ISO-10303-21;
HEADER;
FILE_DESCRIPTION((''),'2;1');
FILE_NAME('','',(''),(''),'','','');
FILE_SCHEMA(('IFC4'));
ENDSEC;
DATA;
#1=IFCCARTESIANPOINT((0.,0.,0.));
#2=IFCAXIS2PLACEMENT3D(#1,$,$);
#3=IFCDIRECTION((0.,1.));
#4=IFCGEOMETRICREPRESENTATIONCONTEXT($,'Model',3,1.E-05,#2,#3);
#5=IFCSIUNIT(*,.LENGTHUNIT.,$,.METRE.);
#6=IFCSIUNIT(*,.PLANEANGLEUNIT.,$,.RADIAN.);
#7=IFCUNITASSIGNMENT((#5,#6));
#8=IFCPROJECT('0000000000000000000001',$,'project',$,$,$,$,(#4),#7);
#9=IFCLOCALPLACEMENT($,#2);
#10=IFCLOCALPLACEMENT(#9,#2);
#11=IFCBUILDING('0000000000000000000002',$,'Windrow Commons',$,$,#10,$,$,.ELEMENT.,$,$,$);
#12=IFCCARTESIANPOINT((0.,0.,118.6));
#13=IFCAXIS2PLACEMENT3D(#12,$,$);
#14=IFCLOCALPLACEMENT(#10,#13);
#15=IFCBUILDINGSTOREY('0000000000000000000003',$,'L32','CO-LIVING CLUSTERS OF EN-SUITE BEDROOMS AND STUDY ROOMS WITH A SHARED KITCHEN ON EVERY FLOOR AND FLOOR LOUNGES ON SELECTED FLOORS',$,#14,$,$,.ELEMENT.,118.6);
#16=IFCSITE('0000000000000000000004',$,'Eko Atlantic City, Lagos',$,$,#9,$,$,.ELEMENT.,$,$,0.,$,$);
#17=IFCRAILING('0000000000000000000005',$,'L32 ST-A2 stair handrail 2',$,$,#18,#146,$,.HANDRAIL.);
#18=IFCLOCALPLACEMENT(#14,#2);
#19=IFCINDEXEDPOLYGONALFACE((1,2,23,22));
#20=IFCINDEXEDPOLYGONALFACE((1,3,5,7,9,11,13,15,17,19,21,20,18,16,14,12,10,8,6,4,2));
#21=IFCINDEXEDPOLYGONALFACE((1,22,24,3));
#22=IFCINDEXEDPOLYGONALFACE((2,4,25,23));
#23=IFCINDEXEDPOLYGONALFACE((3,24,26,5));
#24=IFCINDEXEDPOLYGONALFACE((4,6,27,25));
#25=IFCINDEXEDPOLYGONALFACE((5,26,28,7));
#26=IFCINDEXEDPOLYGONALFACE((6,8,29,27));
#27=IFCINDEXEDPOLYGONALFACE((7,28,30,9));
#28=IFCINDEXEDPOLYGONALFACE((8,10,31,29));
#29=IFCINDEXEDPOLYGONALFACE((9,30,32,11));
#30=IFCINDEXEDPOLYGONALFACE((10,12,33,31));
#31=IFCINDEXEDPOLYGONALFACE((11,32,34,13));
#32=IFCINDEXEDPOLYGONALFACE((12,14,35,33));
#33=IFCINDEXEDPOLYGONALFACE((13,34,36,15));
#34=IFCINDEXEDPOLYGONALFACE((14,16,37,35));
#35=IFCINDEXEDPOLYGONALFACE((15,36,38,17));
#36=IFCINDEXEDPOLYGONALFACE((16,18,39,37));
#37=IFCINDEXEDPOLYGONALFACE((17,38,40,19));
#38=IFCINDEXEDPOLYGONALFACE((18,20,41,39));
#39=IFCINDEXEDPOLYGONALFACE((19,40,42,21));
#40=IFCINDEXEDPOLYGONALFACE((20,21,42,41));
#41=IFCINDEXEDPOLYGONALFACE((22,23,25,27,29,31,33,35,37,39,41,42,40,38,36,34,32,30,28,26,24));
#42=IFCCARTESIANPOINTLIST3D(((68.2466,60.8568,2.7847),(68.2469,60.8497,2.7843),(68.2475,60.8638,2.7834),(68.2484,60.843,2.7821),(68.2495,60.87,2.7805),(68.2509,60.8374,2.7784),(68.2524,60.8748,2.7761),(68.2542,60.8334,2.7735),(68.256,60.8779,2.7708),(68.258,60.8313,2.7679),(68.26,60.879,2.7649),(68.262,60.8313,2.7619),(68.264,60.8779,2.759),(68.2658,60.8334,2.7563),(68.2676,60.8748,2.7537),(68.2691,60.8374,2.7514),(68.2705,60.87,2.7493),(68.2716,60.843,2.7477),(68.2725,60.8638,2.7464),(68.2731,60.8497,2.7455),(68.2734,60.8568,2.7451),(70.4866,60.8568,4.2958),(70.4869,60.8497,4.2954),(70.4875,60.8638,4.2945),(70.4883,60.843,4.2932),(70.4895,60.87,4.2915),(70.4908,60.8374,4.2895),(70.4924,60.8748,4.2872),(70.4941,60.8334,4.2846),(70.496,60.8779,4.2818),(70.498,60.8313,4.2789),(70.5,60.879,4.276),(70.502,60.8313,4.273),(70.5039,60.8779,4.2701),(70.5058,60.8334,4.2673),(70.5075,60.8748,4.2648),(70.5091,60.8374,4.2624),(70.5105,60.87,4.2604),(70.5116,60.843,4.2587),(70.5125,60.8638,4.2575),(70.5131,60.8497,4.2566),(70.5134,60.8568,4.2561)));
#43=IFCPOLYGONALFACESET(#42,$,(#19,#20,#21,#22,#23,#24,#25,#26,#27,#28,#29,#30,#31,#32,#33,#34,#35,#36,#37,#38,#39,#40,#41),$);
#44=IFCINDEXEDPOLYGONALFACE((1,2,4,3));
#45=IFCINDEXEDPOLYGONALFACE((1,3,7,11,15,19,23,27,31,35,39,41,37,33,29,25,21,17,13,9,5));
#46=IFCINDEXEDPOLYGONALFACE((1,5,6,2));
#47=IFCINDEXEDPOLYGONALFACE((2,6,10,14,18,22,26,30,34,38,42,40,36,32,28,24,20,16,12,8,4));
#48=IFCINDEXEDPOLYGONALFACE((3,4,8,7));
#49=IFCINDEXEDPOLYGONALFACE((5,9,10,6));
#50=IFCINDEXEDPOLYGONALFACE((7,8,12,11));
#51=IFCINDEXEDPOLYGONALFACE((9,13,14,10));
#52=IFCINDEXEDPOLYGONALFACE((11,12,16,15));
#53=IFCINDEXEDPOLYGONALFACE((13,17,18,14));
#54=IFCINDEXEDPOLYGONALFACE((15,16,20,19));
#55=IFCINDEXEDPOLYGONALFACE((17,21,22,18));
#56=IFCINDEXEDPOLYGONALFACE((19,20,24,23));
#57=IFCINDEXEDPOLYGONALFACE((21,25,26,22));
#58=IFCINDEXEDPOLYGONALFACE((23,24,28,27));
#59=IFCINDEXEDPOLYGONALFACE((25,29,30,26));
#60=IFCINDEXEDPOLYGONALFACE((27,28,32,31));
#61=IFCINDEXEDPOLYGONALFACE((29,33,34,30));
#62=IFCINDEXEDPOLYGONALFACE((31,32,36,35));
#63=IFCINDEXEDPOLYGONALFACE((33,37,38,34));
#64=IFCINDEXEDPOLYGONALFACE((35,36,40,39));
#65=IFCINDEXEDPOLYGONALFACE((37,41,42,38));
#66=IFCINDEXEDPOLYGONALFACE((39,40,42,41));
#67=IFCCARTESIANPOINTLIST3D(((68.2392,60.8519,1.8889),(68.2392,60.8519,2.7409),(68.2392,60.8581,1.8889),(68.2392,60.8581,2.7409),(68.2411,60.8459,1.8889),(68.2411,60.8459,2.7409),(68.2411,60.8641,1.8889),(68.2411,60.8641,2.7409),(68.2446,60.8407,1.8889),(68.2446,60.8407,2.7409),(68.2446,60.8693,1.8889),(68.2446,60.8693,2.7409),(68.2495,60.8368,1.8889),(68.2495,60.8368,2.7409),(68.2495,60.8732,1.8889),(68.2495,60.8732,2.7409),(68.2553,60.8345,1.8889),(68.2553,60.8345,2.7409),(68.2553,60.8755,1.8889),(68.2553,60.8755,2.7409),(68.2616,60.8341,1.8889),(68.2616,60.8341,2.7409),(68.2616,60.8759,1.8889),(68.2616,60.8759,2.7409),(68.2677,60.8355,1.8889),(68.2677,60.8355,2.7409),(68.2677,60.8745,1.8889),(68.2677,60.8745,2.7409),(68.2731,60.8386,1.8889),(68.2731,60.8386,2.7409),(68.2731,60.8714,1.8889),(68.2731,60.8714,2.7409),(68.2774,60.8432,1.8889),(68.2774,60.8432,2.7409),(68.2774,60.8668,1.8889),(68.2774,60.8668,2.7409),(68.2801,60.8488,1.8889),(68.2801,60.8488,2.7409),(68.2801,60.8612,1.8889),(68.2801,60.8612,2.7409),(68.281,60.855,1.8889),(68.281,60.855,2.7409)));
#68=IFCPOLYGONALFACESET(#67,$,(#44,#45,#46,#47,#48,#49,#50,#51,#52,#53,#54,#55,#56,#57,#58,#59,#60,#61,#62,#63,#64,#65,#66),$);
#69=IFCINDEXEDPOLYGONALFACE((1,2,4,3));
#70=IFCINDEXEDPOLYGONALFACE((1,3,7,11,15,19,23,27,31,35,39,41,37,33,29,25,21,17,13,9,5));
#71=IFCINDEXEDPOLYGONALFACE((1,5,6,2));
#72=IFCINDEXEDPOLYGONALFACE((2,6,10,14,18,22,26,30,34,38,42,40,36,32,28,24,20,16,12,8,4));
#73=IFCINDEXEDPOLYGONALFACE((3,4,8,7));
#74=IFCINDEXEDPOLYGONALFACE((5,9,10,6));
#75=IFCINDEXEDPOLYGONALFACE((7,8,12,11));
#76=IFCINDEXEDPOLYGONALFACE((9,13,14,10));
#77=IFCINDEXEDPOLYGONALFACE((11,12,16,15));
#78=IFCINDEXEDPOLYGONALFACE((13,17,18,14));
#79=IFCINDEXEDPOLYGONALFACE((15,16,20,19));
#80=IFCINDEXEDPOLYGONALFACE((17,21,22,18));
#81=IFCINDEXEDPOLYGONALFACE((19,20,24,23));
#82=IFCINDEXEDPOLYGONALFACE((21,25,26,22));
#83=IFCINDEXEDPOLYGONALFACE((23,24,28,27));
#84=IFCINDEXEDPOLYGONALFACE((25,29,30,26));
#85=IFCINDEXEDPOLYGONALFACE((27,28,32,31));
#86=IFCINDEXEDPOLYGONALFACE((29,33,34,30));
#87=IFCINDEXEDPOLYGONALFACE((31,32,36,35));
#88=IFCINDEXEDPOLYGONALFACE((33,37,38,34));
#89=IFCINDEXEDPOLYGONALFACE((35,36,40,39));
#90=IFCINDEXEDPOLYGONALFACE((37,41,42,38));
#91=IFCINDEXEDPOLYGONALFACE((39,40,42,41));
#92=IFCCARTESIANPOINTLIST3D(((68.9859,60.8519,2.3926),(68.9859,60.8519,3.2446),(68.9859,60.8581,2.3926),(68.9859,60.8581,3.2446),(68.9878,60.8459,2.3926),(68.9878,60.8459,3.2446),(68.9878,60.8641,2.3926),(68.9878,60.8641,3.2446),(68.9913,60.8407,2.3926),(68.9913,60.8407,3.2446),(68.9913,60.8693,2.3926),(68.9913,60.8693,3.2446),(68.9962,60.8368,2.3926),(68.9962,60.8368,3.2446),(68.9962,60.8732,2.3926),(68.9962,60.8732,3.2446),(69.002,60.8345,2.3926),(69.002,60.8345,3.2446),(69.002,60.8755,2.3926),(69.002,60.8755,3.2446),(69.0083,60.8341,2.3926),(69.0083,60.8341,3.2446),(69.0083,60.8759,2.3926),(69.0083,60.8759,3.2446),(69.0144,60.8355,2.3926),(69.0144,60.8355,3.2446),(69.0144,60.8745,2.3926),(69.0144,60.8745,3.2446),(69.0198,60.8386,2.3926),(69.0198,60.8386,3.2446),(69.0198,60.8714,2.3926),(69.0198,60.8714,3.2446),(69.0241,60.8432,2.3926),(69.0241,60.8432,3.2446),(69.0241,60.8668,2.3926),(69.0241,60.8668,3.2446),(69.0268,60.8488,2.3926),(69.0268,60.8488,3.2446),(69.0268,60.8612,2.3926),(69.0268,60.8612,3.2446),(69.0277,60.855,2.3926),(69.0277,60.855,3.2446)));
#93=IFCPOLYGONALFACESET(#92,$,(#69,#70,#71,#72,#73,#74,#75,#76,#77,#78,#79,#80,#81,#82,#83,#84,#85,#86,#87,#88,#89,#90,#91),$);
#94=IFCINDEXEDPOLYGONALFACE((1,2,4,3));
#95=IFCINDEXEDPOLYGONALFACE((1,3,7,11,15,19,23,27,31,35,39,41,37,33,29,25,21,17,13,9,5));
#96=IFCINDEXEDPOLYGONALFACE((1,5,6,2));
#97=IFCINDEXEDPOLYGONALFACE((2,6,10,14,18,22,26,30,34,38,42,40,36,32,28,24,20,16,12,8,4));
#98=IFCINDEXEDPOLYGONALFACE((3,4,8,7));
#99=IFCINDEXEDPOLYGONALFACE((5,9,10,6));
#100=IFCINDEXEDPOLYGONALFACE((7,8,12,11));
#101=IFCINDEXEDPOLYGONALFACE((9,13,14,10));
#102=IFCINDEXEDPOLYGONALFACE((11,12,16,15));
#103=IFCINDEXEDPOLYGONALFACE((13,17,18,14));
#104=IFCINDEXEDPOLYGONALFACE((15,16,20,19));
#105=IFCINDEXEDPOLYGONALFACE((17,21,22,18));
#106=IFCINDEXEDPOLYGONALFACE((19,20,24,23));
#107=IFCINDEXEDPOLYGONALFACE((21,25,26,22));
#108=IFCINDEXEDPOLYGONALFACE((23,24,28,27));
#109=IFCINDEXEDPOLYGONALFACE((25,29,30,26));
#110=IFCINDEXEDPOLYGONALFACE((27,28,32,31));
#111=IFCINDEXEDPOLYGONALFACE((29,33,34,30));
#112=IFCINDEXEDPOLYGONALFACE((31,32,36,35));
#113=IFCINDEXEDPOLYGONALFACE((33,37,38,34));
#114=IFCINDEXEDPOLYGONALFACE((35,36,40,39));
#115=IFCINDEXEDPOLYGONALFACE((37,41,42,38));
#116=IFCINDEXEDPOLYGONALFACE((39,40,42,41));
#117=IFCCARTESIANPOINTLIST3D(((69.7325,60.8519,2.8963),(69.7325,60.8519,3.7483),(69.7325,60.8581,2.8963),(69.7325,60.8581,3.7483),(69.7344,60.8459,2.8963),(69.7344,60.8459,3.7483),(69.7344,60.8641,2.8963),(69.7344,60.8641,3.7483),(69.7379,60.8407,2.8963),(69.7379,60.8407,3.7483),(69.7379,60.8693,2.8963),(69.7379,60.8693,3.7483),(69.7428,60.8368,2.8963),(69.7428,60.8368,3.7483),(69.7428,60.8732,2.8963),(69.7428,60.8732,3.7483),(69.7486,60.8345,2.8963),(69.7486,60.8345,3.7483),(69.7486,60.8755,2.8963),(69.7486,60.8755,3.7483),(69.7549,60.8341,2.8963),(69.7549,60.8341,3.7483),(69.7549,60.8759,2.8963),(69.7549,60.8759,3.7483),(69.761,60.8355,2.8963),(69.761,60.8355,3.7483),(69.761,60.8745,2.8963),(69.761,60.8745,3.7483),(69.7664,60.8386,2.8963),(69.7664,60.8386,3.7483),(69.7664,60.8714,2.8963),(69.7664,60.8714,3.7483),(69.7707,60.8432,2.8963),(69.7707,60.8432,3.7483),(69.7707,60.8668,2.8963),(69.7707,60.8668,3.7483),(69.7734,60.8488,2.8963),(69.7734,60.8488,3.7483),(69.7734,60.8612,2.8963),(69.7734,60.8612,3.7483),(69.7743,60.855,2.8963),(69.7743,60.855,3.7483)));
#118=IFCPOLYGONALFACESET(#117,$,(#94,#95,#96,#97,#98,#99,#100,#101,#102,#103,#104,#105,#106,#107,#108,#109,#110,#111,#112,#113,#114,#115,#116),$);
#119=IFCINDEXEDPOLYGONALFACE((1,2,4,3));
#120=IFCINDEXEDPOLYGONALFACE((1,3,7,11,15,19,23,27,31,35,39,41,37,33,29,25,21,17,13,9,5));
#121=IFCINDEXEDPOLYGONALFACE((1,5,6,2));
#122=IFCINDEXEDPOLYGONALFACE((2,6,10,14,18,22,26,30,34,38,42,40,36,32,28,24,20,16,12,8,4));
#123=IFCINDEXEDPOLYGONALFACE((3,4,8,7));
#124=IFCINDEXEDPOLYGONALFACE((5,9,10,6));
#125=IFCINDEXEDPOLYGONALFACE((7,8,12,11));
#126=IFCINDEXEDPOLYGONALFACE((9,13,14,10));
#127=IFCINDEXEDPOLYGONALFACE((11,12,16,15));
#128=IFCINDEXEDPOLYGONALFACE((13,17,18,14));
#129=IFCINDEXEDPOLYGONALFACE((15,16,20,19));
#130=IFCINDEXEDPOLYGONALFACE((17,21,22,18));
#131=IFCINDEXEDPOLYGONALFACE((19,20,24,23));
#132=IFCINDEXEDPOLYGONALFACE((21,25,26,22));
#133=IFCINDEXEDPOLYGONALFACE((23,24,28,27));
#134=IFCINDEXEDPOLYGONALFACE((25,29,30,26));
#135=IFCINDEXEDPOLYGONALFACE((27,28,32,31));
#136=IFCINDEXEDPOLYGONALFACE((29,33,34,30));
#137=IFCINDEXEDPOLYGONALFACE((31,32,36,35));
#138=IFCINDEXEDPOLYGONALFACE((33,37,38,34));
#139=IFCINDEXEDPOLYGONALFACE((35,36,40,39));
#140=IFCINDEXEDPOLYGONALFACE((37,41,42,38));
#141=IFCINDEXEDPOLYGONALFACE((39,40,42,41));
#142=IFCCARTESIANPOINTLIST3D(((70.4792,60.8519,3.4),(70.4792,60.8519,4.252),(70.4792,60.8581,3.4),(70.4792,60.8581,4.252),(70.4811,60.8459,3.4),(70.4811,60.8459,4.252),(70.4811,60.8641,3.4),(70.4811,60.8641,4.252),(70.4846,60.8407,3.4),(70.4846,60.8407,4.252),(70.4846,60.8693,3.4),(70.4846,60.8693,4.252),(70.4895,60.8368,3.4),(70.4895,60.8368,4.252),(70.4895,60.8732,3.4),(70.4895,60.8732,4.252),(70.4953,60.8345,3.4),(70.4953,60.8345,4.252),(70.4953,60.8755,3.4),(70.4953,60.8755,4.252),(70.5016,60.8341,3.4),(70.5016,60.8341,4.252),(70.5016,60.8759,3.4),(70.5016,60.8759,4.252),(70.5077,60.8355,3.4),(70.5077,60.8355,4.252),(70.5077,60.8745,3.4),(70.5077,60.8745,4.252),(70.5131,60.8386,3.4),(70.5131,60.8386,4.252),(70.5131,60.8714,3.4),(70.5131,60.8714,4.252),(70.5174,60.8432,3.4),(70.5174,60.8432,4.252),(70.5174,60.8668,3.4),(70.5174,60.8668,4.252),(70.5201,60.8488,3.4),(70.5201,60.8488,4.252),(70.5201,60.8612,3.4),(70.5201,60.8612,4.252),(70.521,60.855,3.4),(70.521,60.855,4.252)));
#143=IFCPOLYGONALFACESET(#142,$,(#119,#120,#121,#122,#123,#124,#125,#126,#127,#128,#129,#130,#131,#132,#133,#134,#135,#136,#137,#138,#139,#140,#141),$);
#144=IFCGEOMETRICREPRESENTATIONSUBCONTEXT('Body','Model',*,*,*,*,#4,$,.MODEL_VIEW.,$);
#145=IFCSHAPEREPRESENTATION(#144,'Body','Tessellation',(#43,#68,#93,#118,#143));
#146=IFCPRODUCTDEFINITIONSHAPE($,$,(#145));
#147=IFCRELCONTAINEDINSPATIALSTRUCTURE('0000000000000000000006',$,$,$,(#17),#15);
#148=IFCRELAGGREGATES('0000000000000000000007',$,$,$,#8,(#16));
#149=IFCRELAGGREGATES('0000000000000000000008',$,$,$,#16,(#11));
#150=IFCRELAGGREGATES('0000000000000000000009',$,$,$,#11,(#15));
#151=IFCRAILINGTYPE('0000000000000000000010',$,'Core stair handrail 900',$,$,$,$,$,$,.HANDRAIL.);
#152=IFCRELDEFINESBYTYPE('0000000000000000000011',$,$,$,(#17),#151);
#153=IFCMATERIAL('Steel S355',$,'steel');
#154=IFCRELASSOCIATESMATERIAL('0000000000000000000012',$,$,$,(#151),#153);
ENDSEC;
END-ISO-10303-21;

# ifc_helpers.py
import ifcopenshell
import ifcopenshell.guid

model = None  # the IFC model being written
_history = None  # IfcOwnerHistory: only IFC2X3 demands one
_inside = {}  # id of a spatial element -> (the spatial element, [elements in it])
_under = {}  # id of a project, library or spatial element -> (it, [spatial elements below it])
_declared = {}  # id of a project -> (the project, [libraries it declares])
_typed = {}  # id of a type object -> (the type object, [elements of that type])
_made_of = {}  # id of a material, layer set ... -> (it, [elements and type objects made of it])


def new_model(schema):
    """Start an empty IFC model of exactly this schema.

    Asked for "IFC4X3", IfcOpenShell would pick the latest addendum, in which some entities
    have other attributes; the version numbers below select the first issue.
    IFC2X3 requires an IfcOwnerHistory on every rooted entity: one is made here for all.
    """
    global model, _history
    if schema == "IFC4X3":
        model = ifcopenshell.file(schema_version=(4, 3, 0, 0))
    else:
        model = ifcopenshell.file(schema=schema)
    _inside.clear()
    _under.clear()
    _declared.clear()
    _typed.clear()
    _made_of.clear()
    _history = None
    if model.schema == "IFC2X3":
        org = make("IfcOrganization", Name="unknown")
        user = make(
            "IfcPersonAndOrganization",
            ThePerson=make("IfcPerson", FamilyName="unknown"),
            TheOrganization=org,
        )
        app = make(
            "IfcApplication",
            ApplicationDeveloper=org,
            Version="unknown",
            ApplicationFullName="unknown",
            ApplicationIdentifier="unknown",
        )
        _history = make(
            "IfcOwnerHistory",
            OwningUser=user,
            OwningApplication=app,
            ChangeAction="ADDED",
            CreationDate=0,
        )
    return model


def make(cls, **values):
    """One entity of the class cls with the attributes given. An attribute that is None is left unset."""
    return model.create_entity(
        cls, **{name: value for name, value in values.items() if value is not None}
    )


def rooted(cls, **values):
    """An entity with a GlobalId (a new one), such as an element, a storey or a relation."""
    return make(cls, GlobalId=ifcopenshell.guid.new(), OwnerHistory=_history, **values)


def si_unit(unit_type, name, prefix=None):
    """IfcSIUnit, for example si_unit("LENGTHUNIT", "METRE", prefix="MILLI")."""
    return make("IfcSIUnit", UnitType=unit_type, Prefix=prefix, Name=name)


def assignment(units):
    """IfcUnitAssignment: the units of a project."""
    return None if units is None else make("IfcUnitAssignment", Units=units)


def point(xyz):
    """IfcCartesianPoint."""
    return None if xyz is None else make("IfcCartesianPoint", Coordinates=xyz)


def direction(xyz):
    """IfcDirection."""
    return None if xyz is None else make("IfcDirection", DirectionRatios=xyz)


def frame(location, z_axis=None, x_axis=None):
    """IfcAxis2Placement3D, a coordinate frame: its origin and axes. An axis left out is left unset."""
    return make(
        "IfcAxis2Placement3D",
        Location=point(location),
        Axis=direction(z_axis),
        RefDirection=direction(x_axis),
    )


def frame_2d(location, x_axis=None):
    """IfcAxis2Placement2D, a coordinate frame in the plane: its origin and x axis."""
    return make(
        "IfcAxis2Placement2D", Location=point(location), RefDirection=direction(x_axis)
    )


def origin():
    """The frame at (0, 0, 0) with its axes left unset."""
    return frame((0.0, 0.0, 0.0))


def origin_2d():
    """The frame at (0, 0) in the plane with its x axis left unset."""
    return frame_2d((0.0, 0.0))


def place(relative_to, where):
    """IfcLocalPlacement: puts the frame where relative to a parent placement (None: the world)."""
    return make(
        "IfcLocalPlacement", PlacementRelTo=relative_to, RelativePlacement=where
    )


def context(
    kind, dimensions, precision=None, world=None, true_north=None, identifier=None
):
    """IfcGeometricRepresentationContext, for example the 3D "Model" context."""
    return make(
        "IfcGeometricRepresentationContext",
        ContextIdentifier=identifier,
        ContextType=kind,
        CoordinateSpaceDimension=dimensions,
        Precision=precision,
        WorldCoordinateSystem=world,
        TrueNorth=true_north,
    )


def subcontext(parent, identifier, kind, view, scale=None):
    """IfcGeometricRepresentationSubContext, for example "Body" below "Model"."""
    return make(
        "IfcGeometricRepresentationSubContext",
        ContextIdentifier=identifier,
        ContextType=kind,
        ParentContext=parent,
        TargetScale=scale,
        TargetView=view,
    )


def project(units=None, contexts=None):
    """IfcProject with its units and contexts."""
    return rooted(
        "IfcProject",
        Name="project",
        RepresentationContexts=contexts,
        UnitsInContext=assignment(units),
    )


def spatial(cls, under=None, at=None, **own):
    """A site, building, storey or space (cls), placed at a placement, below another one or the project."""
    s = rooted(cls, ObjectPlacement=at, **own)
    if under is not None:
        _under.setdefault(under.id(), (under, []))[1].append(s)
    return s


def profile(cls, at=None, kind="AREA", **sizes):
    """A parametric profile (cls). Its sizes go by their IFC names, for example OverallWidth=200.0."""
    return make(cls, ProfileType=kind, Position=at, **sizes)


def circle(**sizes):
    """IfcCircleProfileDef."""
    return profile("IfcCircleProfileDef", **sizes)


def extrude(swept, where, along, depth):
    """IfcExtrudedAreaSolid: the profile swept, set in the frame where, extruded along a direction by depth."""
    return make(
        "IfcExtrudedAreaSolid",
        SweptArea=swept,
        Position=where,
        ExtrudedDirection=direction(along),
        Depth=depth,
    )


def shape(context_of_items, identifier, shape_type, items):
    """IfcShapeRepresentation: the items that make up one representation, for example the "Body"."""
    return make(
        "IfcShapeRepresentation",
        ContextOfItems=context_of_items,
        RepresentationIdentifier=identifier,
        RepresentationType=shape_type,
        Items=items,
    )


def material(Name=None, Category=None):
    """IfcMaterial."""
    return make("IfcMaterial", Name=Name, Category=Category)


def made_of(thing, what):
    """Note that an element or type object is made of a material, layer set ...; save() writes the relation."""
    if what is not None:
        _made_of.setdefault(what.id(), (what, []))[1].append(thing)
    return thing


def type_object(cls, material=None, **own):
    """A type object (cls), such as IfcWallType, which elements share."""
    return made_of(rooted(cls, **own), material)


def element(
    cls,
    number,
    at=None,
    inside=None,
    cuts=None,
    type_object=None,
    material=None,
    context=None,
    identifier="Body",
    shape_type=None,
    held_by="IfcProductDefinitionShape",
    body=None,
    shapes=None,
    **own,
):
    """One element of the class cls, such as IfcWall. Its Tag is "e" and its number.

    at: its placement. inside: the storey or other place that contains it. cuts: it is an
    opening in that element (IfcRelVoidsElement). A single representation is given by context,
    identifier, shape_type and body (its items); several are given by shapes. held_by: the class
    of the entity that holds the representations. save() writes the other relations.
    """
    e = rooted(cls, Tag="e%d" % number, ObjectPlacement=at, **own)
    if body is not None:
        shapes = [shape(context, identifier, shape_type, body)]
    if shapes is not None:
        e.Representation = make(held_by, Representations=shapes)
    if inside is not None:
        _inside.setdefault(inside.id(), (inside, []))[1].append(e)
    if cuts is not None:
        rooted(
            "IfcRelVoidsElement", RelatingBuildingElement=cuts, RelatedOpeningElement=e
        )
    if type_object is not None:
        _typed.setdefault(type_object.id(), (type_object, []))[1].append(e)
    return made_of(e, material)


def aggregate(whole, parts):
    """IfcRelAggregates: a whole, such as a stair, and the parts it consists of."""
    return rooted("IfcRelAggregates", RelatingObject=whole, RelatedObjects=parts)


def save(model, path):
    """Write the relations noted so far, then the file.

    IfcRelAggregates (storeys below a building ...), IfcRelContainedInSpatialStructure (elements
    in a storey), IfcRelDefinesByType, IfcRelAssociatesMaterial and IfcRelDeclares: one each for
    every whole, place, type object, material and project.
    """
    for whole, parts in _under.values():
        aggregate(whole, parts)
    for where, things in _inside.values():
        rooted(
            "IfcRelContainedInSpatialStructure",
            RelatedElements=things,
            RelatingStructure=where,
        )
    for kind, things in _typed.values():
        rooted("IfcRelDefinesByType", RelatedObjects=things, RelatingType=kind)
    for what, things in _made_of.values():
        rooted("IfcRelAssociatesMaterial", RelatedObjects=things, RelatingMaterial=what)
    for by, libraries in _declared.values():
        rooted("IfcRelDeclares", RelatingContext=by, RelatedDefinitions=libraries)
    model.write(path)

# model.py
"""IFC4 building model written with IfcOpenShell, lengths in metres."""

from ifc_helpers import new_model, si_unit, direction, frame, origin, origin_2d, place, context, subcontext, project, spatial, circle, extrude, material, type_object, element, save


model = new_model("IFC4")

# Units and contexts
model_context = context("Model", 3, precision=1e-05, world=origin(), true_north=direction((0.0, 1.0)))
body_context = subcontext(model_context, "Body", "Model", "MODEL_VIEW")
ifc_project = project(units=[si_unit("LENGTHUNIT", "METRE"), si_unit("PLANEANGLEUNIT", "RADIAN")], contexts=[model_context])

# Site, building, storey
site_placement = place(None, origin())
site = spatial("IfcSite", under=ifc_project, at=site_placement, Name="Eko Atlantic City, Lagos", CompositionType="ELEMENT", RefElevation=0.0)
building_placement = place(site_placement, origin())
building = spatial("IfcBuilding", under=site, at=building_placement, Name="Windrow Commons", CompositionType="ELEMENT")
storey_placement = place(building_placement, frame((0.0, 0.0, 118.6)))
storey = spatial("IfcBuildingStorey", under=building, at=storey_placement, Name="L32", Description="CO-LIVING CLUSTERS OF EN-SUITE BEDROOMS AND STUDY ROOMS WITH A SHARED KITCHEN ON EVERY FLOOR AND FLOOR LOUNGES ON SELECTED FLOORS", CompositionType="ELEMENT", Elevation=118.6)

# Railing
ifc_material_1 = material(Name="Steel S355", Category="steel")
railing_type = type_object("IfcRailingType", Name="Core stair handrail 900", PredefinedType="HANDRAIL", material=ifc_material_1)
for number, where, name in (
    (1, (68.26, 60.855, 1.8889), "L32 ST-A2 stair handrail 2"),
):
    element("IfcRailing", number, at=place(storey_placement, frame(where)), inside=storey, type_object=railing_type, Name=name, PredefinedType="HANDRAIL", context=body_context, shape_type="SweptSolid", body=[
        extrude(circle(Radius=0.024, at=origin_2d()), frame((0.0, 0.0, 0.876), z_axis=(0.829003, 0.0, 0.559244), x_axis=(0.0, 1.0, 0.0)), (0.0, 0.0, 1.0), 2.702),
        extrude(circle(Radius=0.021, at=origin_2d()), origin(), (0.0, 0.0, 1.0), 0.852),
        extrude(circle(Radius=0.021, at=origin_2d()), frame((0.7467, 0.0, 0.5037)), (0.0, 0.0, 1.0), 0.852),
        extrude(circle(Radius=0.021, at=origin_2d()), frame((1.4933, 0.0, 1.0074)), (0.0, 0.0, 1.0), 0.852),
        extrude(circle(Radius=0.021, at=origin_2d()), frame((2.24, 0.0, 1.5111)), (0.0, 0.0, 1.0), 0.852),
    ])

save(model, "model.ifc")
